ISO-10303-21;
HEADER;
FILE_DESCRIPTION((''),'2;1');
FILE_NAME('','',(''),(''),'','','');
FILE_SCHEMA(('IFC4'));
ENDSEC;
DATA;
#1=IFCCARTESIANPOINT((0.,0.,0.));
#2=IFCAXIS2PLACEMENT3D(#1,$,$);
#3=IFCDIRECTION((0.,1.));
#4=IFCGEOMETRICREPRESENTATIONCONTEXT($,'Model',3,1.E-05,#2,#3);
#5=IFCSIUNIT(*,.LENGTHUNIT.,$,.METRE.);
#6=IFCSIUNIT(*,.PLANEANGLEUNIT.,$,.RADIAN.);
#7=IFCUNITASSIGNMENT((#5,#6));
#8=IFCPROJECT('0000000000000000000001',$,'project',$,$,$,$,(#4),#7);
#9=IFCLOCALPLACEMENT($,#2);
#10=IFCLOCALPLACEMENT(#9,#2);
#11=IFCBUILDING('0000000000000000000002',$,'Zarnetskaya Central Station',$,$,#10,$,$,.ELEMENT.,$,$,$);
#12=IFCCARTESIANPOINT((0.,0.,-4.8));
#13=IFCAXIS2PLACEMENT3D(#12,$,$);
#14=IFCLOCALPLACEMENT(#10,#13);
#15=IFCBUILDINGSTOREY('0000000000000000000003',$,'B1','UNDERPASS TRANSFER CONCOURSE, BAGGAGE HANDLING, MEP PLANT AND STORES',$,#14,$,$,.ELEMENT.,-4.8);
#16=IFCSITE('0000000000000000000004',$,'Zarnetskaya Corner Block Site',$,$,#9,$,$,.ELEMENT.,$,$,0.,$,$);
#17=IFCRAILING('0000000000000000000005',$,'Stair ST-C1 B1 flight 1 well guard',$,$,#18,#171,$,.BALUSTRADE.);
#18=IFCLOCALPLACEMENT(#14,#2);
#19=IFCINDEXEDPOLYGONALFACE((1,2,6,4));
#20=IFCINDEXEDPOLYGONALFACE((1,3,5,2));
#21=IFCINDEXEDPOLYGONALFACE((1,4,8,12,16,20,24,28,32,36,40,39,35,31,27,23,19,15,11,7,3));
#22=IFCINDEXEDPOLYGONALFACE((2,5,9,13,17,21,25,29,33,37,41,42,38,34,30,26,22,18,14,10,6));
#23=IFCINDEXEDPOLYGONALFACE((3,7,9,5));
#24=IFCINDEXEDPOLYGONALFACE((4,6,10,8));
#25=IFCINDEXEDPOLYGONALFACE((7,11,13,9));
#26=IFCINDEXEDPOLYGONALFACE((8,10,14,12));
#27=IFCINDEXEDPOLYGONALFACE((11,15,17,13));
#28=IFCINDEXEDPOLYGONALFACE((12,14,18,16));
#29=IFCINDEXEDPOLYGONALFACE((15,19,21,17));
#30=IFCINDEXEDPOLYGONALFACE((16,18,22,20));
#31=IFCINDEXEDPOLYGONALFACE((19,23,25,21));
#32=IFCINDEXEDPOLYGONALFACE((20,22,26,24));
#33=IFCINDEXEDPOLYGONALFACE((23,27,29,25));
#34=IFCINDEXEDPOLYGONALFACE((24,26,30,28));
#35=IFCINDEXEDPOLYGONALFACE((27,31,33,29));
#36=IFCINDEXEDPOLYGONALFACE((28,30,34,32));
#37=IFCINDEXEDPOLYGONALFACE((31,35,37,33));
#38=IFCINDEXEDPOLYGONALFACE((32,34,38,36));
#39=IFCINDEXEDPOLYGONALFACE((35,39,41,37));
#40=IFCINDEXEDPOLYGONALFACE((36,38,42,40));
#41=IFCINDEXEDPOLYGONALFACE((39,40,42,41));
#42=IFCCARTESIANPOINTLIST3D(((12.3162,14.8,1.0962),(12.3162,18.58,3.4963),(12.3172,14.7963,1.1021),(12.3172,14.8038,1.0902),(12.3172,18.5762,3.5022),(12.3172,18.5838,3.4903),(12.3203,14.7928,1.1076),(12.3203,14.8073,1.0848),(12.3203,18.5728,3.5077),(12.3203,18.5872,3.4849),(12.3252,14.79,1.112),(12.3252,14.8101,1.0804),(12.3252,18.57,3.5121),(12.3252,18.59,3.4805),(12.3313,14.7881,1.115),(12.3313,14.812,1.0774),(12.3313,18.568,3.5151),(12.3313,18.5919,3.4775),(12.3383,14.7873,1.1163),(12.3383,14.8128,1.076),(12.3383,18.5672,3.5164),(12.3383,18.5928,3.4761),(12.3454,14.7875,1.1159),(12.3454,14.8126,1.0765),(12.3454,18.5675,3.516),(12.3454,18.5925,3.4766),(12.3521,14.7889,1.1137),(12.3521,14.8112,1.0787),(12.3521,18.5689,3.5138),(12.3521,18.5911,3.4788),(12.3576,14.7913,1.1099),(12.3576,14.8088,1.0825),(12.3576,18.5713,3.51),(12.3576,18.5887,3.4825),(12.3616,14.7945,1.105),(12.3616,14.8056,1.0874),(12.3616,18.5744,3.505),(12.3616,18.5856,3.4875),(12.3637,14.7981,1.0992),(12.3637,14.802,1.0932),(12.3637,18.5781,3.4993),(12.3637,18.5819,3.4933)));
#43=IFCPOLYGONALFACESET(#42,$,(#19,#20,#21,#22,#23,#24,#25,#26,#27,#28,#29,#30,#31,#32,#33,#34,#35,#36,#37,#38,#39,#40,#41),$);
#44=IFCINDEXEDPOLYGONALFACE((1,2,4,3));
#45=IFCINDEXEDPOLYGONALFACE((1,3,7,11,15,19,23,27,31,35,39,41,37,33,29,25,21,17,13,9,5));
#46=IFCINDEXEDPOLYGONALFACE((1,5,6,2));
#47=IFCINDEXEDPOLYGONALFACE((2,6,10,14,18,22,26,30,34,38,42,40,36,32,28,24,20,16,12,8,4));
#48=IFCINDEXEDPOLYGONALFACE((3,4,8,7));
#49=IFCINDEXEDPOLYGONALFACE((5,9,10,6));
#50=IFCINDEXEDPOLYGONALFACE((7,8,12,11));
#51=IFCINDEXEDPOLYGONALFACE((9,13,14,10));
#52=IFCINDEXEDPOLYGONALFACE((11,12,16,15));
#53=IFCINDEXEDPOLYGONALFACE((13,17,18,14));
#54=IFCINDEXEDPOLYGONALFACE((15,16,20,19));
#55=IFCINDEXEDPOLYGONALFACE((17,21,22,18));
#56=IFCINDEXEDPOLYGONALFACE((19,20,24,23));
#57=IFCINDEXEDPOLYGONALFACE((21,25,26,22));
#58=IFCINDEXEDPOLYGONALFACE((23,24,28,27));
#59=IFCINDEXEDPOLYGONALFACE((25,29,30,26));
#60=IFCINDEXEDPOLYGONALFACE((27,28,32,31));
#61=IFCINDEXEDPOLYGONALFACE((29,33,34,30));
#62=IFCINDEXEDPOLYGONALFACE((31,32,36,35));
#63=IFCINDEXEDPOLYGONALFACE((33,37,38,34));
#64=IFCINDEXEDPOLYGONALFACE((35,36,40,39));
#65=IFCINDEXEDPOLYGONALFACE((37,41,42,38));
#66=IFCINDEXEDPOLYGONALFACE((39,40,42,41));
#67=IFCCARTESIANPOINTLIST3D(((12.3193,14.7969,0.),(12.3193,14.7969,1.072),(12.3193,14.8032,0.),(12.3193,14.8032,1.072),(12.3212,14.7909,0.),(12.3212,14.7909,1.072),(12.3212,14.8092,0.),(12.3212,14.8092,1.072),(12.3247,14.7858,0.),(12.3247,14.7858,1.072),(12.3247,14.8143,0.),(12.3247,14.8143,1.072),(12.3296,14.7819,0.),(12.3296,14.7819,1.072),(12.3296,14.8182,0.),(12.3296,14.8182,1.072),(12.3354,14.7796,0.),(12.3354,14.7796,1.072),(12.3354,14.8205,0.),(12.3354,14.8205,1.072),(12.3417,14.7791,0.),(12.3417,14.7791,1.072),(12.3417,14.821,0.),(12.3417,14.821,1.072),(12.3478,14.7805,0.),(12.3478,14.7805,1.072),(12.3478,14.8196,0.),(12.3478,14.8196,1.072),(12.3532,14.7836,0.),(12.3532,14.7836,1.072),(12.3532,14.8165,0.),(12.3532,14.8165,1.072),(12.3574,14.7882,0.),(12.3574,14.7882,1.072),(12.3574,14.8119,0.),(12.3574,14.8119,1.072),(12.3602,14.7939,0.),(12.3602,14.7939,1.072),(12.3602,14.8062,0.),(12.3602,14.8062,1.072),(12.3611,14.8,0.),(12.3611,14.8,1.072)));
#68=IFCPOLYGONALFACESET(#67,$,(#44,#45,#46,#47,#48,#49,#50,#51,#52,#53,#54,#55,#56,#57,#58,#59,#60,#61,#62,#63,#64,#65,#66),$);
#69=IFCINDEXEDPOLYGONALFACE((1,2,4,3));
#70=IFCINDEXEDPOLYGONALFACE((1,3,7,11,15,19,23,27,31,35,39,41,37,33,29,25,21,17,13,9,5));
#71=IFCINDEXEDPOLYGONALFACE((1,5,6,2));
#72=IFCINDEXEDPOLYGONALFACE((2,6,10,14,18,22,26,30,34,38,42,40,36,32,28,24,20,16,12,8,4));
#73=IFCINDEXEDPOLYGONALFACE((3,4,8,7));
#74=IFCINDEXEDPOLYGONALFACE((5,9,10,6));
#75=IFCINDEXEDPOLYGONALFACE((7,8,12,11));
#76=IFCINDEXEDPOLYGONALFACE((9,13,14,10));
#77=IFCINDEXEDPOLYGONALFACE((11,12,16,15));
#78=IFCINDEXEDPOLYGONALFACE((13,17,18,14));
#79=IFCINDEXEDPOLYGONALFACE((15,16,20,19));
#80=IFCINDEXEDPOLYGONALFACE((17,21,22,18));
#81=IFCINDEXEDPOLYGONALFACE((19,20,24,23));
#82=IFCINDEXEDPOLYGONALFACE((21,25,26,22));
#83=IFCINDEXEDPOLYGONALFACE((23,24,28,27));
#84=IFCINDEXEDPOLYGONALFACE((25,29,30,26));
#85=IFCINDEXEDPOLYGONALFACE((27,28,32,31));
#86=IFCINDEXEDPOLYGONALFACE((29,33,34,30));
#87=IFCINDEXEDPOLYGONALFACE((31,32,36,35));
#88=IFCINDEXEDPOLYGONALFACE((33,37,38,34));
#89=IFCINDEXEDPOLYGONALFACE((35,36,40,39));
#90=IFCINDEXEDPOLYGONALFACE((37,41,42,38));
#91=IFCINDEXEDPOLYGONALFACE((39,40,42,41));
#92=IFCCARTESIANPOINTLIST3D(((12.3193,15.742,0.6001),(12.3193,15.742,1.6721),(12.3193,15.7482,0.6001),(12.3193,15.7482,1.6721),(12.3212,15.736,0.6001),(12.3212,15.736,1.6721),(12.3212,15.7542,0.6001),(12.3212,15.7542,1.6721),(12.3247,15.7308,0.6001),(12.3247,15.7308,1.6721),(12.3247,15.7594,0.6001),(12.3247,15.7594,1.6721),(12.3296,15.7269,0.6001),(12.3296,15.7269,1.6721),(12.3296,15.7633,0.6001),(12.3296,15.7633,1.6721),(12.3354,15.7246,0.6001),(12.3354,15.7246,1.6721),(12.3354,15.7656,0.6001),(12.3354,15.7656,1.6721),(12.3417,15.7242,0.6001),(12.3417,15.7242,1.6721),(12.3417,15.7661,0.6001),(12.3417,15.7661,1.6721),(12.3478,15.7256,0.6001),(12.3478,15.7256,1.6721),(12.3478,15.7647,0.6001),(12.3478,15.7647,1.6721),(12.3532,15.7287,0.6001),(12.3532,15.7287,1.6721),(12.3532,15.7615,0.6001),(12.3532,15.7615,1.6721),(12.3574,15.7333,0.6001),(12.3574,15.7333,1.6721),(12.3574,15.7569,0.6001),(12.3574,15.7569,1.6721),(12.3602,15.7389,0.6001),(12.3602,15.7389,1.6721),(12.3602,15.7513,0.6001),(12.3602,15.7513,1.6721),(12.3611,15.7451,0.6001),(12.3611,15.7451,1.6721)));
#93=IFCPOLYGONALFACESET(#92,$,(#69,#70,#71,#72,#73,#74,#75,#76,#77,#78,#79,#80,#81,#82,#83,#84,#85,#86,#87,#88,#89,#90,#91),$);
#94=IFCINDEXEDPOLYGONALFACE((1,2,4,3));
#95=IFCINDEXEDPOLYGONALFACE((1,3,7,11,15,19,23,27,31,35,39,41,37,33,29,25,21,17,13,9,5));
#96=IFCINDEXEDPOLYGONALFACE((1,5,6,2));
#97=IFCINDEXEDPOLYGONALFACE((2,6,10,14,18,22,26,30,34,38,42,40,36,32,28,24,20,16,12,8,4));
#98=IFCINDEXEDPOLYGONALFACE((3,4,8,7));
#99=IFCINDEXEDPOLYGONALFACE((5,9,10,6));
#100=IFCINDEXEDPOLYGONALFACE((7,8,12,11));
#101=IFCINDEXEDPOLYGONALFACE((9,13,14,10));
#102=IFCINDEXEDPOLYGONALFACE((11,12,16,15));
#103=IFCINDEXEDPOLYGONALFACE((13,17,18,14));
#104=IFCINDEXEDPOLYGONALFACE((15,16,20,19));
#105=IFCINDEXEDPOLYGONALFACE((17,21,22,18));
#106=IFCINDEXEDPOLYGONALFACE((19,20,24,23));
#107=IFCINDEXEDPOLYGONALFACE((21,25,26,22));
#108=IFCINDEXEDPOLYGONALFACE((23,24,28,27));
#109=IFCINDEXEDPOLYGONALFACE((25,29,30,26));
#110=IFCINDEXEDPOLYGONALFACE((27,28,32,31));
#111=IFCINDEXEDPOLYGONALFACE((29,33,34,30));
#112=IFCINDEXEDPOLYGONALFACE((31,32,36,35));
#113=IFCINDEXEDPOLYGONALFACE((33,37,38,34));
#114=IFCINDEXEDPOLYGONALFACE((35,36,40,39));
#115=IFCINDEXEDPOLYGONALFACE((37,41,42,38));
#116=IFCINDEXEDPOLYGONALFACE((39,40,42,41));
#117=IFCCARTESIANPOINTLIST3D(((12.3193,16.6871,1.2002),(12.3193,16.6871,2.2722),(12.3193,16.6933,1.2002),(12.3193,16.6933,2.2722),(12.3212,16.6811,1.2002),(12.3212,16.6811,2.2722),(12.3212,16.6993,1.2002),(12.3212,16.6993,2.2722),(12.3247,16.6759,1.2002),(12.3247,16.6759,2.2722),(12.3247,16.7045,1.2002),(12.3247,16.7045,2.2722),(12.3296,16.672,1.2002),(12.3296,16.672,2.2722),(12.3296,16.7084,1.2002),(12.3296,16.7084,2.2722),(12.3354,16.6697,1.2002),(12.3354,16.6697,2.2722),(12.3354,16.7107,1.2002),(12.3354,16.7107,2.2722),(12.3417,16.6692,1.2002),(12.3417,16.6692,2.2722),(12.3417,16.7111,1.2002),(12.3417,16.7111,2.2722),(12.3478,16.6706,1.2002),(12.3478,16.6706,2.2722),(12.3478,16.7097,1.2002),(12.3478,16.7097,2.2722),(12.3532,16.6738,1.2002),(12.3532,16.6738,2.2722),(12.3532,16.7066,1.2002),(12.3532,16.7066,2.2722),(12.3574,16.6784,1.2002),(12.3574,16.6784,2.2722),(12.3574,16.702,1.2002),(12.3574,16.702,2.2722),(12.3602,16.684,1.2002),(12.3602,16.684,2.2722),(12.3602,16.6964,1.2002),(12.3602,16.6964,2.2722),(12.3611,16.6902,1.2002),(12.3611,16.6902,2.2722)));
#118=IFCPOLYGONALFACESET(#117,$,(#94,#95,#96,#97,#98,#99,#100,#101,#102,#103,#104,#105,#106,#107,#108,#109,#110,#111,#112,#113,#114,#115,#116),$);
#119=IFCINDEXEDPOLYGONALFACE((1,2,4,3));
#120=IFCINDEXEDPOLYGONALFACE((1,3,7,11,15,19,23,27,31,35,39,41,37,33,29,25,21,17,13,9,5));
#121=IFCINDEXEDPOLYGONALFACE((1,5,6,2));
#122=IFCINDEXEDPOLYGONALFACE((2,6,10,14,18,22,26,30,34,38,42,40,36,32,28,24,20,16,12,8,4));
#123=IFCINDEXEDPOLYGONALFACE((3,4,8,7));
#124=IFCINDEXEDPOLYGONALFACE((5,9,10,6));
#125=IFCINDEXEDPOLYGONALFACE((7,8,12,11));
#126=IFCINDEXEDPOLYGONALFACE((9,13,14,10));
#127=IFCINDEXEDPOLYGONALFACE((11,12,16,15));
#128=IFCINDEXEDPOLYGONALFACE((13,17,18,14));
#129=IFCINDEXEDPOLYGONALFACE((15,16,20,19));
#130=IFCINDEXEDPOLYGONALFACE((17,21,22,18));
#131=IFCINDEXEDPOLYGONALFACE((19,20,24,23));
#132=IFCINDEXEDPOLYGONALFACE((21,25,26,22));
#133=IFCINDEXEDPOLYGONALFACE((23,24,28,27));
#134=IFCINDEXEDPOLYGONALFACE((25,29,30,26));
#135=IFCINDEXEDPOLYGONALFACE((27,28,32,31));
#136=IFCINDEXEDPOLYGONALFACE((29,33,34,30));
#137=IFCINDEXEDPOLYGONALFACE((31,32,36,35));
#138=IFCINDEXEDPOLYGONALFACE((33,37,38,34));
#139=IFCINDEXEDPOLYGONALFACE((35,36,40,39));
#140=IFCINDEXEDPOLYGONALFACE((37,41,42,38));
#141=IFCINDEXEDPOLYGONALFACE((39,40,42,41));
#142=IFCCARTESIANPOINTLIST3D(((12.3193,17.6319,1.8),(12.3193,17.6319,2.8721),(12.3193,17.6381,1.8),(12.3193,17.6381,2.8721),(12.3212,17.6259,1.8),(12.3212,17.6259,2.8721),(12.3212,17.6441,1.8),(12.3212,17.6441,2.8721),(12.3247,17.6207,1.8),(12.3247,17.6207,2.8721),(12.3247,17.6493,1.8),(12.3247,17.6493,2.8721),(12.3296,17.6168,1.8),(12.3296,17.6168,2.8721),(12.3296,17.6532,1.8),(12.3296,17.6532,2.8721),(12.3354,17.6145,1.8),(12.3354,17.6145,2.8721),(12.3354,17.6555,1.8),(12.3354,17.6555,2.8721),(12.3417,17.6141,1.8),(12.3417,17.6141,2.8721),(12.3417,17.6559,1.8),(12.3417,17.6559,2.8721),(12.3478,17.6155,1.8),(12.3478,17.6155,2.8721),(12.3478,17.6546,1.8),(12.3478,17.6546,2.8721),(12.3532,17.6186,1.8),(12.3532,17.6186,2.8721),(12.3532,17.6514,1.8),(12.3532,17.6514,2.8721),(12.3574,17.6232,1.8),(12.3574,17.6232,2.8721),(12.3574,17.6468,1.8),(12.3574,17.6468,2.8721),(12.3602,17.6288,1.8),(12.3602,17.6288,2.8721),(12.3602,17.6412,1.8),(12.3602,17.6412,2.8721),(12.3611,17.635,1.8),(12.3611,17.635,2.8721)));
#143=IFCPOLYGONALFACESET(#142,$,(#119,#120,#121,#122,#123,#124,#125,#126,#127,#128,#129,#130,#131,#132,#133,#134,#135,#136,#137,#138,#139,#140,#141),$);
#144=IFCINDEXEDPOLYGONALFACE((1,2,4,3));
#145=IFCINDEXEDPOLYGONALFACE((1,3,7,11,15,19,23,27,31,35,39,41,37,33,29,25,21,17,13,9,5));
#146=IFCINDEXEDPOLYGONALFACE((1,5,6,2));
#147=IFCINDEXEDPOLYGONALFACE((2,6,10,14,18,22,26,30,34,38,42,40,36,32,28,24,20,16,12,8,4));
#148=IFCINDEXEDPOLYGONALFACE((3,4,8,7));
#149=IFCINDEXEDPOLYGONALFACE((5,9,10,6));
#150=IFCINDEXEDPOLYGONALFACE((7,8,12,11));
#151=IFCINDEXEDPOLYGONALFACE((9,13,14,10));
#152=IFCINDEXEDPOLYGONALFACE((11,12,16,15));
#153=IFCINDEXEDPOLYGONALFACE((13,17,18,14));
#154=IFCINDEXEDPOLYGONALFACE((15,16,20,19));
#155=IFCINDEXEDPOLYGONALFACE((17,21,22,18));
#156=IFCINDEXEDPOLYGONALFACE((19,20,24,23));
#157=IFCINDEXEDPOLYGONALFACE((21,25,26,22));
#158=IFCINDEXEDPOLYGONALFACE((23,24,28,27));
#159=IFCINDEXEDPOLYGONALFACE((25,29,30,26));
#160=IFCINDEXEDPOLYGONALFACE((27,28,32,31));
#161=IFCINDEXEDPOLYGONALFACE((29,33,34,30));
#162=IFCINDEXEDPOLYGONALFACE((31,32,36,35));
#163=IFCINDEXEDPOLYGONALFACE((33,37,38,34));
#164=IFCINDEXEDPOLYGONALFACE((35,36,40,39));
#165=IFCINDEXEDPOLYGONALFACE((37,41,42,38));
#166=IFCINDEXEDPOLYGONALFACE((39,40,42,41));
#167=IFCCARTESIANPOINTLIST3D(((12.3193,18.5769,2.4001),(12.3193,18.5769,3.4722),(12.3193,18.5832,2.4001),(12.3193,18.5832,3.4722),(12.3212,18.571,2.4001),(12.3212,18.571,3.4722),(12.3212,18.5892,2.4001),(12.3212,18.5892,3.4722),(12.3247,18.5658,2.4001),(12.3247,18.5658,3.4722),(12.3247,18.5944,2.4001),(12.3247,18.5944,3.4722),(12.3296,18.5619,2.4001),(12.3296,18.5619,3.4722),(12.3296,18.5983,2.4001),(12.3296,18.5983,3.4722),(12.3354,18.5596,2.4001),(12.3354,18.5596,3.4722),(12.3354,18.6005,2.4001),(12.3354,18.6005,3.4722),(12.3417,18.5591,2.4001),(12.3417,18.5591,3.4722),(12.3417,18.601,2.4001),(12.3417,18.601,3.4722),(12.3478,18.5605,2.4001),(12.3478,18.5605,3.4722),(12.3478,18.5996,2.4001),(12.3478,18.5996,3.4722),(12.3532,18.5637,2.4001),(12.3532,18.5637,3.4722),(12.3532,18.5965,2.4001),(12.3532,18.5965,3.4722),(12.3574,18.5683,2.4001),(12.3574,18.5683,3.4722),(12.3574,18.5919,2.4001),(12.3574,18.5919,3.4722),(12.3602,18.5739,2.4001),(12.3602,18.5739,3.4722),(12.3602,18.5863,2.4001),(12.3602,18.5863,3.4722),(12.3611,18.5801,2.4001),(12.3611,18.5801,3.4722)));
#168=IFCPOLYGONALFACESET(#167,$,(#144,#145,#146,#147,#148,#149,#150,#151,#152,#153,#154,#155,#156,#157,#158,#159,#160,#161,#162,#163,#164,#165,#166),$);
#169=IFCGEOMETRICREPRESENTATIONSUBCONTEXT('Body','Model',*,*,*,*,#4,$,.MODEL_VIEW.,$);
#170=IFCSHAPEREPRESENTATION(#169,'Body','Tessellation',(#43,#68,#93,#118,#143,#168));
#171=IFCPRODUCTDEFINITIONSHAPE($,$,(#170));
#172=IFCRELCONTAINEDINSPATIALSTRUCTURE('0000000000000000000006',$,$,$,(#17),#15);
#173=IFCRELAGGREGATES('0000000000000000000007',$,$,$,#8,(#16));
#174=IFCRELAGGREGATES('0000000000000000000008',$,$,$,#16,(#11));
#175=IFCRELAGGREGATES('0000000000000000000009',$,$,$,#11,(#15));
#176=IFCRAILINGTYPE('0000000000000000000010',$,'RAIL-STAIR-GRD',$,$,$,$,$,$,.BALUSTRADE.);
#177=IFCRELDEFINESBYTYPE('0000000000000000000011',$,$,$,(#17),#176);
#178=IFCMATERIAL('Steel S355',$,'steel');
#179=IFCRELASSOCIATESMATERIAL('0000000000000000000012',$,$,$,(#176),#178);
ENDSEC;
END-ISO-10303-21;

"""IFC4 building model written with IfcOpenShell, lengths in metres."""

from ifc_helpers import new_model, si_unit, direction, frame, origin, origin_2d, place, context, subcontext, project, spatial, circle, extrude, material, type_object, element, save


model = new_model("IFC4")

# Units and contexts
model_context = context("Model", 3, precision=1e-05, world=origin(), true_north=direction((0.0, 1.0)))
body_context = subcontext(model_context, "Body", "Model", "MODEL_VIEW")
ifc_project = project(units=[si_unit("LENGTHUNIT", "METRE"), si_unit("PLANEANGLEUNIT", "RADIAN")], contexts=[model_context])

# Site, building, storey
site_placement = place(None, origin())
site = spatial("IfcSite", under=ifc_project, at=site_placement, Name="Zarnetskaya Corner Block Site", CompositionType="ELEMENT", RefElevation=0.0)
building_placement = place(site_placement, origin())
building = spatial("IfcBuilding", under=site, at=building_placement, Name="Zarnetskaya Central Station", CompositionType="ELEMENT")
storey_placement = place(building_placement, frame((0.0, 0.0, -4.8)))
storey = spatial("IfcBuildingStorey", under=building, at=storey_placement, Name="B1", Description="UNDERPASS TRANSFER CONCOURSE, BAGGAGE HANDLING, MEP PLANT AND STORES", CompositionType="ELEMENT", Elevation=-4.8)

# Railing
ifc_material_1 = material(Name="Steel S355", Category="steel")
railing_type_1 = type_object("IfcRailingType", Name="RAIL-STAIR-GRD", PredefinedType="BALUSTRADE", material=ifc_material_1)
railing_1_placement = place(storey_placement, frame((12.3401, 14.8, 0.0)))
element("IfcRailing", 1, at=railing_1_placement, inside=storey, type_object=railing_type_1, Name="Stair ST-C1 B1 flight 1 well guard", PredefinedType="BALUSTRADE", context=body_context, shape_type="SweptSolid", body=[
    extrude(circle(Radius=0.0239, at=origin_2d()), frame((0.0, 0.0, 1.0962), z_axis=(0.0, 0.8442, 0.536028), x_axis=(-1.0, 0.0, 0.0)), (0.0, 0.0, 1.0), 4.4775),
    extrude(circle(Radius=0.021, at=origin_2d()), origin(), (0.0, 0.0, 1.0), 1.072),
    extrude(circle(Radius=0.021, at=origin_2d()), frame((0.0, 0.9451, 0.6001)), (0.0, 0.0, 1.0), 1.072),
    extrude(circle(Radius=0.021, at=origin_2d()), frame((0.0, 1.8901, 1.2002)), (0.0, 0.0, 1.0), 1.072),
    extrude(circle(Radius=0.021, at=origin_2d()), frame((0.0, 2.835, 1.8)), (0.0, 0.0, 1.0), 1.072),
    extrude(circle(Radius=0.021, at=origin_2d()), frame((0.0, 3.78, 2.4001)), (0.0, 0.0, 1.0), 1.072),
])

save(model, "model.ifc")
